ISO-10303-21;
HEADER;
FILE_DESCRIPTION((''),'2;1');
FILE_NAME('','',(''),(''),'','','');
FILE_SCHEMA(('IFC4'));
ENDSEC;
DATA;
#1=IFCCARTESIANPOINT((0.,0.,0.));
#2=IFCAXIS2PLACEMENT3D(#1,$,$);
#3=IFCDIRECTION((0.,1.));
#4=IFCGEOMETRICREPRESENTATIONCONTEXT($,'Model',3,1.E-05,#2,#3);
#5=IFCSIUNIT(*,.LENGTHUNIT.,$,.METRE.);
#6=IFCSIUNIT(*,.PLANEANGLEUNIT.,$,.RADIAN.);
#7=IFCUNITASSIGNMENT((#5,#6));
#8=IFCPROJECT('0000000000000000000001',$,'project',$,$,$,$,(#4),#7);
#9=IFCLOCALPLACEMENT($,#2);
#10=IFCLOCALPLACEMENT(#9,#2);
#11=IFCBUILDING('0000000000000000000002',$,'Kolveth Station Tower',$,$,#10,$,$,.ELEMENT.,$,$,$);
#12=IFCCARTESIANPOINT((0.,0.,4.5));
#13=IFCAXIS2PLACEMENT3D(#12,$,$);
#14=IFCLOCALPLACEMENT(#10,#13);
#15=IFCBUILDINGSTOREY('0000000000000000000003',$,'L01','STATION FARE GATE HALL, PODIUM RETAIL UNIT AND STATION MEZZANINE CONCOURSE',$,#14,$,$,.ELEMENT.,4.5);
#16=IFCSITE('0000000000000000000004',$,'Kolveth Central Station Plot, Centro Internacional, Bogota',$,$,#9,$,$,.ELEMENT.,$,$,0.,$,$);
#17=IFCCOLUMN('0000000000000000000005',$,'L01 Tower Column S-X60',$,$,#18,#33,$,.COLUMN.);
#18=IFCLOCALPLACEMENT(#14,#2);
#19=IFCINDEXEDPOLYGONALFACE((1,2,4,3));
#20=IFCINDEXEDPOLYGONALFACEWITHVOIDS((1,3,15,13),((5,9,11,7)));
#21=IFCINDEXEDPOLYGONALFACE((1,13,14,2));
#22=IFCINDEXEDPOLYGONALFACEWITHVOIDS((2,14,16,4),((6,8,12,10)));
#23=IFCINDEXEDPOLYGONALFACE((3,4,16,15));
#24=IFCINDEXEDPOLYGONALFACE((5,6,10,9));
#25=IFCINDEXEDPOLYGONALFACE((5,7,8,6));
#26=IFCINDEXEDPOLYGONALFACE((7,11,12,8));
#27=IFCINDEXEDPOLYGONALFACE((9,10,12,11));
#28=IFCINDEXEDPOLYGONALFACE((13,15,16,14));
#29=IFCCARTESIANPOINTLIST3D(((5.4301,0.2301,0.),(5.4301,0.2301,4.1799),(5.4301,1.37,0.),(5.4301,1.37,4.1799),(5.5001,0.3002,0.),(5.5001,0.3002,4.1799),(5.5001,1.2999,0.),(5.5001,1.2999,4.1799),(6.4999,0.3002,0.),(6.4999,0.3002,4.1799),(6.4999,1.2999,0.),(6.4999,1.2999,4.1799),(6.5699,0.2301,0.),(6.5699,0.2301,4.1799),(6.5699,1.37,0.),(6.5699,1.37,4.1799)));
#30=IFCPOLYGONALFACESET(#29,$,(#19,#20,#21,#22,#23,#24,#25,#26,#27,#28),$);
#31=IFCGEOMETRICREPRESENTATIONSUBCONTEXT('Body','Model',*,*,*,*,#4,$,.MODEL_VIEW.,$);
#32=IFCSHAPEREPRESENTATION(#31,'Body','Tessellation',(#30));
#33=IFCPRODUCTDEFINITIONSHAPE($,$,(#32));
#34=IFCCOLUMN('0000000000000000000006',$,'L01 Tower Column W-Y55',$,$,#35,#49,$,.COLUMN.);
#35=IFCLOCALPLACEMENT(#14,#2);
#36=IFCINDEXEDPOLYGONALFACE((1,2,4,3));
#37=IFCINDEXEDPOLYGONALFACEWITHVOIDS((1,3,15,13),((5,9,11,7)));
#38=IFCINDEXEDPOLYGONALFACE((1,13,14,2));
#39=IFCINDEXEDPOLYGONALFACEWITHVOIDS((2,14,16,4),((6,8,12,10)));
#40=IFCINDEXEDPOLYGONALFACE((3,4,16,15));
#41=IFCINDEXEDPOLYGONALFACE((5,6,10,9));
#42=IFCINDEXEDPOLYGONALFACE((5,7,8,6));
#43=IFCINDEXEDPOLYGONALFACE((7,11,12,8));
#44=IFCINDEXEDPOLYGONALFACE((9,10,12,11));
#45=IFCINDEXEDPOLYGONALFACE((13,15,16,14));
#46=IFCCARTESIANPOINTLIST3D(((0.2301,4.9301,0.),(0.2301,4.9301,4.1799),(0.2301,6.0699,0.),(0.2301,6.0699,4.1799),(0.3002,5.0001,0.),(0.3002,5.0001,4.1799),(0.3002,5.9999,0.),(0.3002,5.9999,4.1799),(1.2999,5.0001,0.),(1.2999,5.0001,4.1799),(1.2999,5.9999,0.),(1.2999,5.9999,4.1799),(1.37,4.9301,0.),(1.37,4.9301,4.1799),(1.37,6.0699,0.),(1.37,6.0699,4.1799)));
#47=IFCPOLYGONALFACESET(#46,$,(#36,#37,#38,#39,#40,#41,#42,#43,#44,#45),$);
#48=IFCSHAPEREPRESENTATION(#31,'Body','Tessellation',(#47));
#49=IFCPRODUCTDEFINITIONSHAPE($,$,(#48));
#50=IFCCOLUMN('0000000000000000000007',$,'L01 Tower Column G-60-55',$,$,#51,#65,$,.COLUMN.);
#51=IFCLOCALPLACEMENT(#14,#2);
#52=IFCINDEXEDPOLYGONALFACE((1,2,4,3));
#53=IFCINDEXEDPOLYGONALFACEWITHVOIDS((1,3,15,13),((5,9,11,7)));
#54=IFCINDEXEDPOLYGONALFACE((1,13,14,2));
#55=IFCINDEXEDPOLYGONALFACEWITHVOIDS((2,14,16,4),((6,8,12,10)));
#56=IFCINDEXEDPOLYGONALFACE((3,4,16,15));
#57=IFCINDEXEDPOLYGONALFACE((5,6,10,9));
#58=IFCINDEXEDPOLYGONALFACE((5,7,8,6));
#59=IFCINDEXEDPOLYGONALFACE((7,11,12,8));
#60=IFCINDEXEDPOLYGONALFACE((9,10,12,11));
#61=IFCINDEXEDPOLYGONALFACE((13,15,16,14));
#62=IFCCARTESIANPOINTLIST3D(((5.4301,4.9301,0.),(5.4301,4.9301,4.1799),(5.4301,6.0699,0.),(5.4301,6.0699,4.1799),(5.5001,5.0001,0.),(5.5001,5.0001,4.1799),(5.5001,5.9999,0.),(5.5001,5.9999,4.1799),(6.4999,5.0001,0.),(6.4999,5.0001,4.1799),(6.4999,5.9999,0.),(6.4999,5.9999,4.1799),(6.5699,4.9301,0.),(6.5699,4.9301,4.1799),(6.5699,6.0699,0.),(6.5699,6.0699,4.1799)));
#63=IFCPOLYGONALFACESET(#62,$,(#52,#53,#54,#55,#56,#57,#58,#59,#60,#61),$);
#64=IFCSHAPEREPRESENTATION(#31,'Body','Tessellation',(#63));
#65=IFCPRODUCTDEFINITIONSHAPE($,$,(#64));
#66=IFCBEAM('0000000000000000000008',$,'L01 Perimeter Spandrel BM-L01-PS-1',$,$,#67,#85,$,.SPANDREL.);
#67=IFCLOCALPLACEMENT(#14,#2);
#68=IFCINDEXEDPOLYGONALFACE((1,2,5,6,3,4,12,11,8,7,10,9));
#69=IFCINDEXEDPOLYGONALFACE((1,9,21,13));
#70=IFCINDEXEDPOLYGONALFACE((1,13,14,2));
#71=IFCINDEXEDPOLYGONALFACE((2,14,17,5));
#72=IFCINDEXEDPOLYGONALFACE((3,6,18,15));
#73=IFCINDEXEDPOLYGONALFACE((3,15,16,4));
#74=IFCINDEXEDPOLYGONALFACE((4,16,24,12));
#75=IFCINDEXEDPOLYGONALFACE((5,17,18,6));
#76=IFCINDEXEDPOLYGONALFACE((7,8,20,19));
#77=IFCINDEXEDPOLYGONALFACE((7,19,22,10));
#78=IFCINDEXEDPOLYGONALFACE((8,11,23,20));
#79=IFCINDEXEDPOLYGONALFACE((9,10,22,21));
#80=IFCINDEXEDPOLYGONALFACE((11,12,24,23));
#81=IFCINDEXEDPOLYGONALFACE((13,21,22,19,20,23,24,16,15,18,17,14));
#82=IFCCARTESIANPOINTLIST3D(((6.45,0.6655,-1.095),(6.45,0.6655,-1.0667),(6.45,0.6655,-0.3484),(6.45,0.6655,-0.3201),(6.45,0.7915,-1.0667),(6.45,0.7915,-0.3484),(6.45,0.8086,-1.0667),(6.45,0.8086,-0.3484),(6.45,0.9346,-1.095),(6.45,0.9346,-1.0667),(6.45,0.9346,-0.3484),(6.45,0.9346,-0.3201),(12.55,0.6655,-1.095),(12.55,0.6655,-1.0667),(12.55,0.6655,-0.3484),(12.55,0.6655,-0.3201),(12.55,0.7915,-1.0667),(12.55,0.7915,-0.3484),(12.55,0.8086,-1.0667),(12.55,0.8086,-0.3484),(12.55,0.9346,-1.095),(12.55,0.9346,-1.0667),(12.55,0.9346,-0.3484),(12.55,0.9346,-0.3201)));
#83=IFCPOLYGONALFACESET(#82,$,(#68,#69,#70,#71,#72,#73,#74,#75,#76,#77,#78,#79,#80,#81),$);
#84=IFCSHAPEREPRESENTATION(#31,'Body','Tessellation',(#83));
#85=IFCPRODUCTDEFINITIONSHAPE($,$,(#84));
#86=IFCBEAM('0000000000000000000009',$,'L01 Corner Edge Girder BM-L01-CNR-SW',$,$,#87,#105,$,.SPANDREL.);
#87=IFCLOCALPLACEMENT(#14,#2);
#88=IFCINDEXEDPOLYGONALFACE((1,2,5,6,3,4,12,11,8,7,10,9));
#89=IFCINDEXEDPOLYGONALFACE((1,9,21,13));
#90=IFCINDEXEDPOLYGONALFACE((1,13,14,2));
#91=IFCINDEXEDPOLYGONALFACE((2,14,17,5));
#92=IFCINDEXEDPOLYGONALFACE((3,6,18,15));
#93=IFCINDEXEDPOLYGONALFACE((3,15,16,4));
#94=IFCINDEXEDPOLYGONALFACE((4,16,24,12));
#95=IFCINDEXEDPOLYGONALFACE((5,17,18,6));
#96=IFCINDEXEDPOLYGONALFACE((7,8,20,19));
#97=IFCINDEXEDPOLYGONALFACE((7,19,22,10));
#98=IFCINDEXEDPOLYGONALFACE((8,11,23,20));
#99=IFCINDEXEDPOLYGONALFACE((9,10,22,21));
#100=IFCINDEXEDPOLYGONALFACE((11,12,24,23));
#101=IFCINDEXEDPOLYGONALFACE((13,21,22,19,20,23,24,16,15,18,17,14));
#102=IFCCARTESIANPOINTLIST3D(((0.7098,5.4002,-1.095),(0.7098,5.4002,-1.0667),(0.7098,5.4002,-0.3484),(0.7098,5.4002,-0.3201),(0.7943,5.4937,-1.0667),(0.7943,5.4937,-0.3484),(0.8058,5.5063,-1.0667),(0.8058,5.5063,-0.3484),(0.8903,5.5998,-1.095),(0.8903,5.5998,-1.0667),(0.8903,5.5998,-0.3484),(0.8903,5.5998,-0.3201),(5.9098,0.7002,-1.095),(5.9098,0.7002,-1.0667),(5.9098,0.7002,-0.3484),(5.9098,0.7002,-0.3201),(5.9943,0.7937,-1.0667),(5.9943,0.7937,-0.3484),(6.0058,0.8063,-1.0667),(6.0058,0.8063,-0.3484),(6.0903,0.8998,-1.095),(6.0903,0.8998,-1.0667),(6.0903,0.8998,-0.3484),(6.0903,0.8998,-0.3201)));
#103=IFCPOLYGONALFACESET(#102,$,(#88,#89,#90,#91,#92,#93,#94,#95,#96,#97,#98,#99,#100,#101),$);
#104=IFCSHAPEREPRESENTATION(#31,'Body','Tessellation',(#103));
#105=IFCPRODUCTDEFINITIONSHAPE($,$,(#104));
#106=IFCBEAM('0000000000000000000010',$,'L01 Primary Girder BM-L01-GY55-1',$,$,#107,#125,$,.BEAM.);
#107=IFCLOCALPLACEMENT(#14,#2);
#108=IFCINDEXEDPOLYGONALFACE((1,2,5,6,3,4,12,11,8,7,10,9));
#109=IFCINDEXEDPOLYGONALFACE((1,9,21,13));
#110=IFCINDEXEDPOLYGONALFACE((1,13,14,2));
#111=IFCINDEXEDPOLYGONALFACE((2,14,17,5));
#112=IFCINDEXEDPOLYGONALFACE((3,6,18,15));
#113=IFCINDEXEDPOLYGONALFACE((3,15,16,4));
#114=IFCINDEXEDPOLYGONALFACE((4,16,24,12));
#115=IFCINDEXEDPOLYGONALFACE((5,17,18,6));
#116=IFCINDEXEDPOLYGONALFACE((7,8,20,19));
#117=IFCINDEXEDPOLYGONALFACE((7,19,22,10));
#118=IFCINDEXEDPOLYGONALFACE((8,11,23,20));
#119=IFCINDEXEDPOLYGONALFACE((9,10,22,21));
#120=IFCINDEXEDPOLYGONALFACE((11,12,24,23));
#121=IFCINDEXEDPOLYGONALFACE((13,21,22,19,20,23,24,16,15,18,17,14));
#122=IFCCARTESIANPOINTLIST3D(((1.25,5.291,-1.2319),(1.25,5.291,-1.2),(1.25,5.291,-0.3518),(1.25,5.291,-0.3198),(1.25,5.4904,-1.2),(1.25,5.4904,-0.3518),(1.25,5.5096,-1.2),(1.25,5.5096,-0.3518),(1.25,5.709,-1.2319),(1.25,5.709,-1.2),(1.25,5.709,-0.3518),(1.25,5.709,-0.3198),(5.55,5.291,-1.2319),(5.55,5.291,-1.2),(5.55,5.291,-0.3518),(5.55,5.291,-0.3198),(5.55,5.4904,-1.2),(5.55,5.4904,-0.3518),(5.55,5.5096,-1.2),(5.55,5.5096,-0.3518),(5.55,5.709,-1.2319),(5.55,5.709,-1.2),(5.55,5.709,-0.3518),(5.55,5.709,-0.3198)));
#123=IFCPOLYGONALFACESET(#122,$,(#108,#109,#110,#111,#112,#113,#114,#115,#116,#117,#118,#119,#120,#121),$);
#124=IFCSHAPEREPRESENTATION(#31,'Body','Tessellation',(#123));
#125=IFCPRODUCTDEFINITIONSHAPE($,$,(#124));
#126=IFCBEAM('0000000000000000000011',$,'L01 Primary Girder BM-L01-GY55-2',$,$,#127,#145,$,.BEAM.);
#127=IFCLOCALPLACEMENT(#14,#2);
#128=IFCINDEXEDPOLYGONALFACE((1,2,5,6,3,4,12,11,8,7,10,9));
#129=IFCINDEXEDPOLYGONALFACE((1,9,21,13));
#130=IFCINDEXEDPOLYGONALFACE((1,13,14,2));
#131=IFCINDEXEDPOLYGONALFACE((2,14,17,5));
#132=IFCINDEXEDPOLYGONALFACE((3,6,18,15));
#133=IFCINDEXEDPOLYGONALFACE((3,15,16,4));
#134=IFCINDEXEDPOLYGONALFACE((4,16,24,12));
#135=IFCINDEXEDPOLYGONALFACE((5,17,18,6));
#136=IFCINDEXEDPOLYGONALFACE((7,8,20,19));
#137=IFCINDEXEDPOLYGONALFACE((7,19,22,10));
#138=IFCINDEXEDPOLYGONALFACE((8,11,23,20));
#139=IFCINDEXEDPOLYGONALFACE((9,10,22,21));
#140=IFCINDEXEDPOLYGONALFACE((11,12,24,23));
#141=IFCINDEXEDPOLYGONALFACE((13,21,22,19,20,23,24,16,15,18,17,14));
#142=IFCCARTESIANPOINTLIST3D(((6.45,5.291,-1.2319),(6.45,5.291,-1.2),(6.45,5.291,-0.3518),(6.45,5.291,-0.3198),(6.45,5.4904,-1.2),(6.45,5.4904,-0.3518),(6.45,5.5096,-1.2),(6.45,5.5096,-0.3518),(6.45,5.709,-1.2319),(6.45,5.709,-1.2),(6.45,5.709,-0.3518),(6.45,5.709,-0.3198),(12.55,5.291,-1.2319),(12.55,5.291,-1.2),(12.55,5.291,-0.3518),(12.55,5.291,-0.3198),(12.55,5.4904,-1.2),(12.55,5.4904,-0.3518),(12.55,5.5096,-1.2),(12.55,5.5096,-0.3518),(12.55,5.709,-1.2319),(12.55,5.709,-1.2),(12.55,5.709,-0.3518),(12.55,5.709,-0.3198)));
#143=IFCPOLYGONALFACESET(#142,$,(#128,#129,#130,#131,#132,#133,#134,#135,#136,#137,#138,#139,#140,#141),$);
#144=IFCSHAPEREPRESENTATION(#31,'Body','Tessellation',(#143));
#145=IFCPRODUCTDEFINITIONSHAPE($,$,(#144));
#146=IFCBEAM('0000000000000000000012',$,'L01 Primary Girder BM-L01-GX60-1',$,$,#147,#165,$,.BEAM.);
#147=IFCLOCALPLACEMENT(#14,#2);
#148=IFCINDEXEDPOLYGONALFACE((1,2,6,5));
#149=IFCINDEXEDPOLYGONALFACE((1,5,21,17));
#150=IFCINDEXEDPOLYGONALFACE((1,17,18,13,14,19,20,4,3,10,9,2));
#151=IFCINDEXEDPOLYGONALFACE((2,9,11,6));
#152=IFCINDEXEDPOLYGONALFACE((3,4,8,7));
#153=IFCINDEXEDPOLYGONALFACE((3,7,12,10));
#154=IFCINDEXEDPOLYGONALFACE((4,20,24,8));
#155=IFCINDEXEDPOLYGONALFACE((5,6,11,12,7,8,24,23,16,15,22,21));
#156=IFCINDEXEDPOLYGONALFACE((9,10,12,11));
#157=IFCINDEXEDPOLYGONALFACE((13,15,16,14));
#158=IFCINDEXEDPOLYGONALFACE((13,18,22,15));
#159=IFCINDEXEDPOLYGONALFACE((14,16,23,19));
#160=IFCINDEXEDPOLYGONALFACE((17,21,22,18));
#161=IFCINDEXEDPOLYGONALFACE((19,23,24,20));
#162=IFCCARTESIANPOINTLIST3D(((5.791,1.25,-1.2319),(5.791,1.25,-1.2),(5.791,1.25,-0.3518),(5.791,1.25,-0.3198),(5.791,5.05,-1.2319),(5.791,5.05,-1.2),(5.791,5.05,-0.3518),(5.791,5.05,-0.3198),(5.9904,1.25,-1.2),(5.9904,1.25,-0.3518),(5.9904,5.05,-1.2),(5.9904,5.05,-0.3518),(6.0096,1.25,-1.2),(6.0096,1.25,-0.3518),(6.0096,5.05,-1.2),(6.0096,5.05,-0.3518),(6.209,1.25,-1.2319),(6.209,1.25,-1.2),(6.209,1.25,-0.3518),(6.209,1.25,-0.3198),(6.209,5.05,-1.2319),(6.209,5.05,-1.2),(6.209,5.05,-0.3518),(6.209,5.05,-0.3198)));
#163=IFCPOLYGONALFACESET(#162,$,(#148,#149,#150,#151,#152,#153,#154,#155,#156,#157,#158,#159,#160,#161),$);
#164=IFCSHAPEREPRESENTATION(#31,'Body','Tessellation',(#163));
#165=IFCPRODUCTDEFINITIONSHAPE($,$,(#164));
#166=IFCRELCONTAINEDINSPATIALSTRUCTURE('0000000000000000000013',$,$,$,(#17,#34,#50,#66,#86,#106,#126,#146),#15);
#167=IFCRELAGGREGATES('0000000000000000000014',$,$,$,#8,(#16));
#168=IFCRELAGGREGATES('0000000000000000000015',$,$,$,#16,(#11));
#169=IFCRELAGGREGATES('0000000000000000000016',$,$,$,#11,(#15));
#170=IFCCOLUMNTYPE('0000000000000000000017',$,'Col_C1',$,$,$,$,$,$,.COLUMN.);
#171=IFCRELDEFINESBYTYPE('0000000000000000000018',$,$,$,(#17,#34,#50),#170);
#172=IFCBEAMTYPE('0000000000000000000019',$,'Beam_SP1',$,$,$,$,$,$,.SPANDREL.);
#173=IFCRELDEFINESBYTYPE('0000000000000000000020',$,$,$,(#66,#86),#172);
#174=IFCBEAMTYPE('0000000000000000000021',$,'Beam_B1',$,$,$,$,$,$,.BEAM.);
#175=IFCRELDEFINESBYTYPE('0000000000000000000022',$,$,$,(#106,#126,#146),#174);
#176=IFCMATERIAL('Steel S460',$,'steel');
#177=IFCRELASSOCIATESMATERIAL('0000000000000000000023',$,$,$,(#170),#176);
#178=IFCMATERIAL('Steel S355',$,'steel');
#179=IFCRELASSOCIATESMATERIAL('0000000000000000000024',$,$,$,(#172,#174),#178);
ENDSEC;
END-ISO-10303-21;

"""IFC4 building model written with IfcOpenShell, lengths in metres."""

from ifc_helpers import new_model, si_unit, direction, frame, origin, origin_2d, place, context, subcontext, project, spatial, hollow_rectangle, i_section, extrude, source, transform, mapped, material, material_profile, profile_set, type_object, element, save


model = new_model("IFC4")

# Units and contexts
model_context = context("Model", 3, precision=1e-05, world=origin(), true_north=direction((0.0, 1.0)))
body_context = subcontext(model_context, "Body", "Model", "MODEL_VIEW")
ifc_project = project(units=[si_unit("LENGTHUNIT", "METRE"), si_unit("PLANEANGLEUNIT", "RADIAN")], contexts=[model_context])

# Site, building, storey
site_placement = place(None, origin())
site = spatial("IfcSite", under=ifc_project, at=site_placement, Name="Kolveth Central Station Plot, Centro Internacional, Bogota", CompositionType="ELEMENT", RefElevation=0.0)
building_placement = place(site_placement, origin())
building = spatial("IfcBuilding", under=site, at=building_placement, Name="Kolveth Station Tower", CompositionType="ELEMENT")
storey_placement = place(building_placement, frame((0.0, 0.0, 4.5)))
storey = spatial("IfcBuildingStorey", under=building, at=storey_placement, Name="L01", Description="STATION FARE GATE HALL, PODIUM RETAIL UNIT AND STATION MEZZANINE CONCOURSE", CompositionType="ELEMENT", Elevation=4.5)

# Columns
ifc_material_1 = material(Name="Steel S460", Category="steel")
ifc_material_profile_1 = material_profile(ifc_material_1, hollow_rectangle(XDim=1.1399, YDim=1.1399, WallThickness=0.0701, at=origin_2d()), Name="BOX1140x1140x70")
ifc_profile_set_1 = profile_set([ifc_material_profile_1], Name="Steel S460")
column_type = type_object("IfcColumnType", Name="Col_C1", PredefinedType="COLUMN", material=ifc_profile_set_1)
shared_shape_1 = source(origin(), body_context, "Body", "SweptSolid", [
    extrude(hollow_rectangle(XDim=1.1399, YDim=1.1399, WallThickness=0.0701, at=origin_2d()), origin(), (0.0, 0.0, 1.0), 4.1799),
])
for number, where, z_axis, x_axis, name in (
    (1, (6.0, 0.8, 0.0), (0.0, 0.0, 1.0), (1.0, 0.0, 0.0), "L01 Tower Column S-X60"),
    (2, (0.8, 5.5, 0.0), (0.0, 0.0, 1.0), (1.0, 0.0, 0.0), "L01 Tower Column W-Y55"),
    (3, (6.0, 5.5, 0.0), (0.0, 0.0, 1.0), (1.0, 0.0, 0.0), "L01 Tower Column G-60-55"),
):
    element("IfcColumn", number, at=place(storey_placement, frame(where, z_axis=z_axis, x_axis=x_axis)), inside=storey, type_object=column_type, Name=name, PredefinedType="COLUMN", context=body_context, shape_type="MappedRepresentation", body=[
        mapped(shared_shape_1, transform((0.0, 0.0, 0.0), x_axis=(1.0, 0.0, 0.0), y_axis=(0.0, 1.0, 0.0), z_axis=(0.0, 0.0, 1.0), scale=1.0)),
    ])

# Beams
ifc_material_2 = material(Name="Steel S355", Category="steel")
ifc_material_profile_2 = material_profile(ifc_material_2, i_section(OverallWidth=0.269, OverallDepth=0.7749, WebThickness=0.0171, FlangeThickness=0.0283, at=origin_2d()), Name="W760x220")
ifc_profile_set_2 = profile_set([ifc_material_profile_2], Name="Steel S355")
beam_type_1 = type_object("IfcBeamType", Name="Beam_SP1", PredefinedType="SPANDREL", material=ifc_profile_set_2)
shared_shape_2 = source(origin(), body_context, "Body", "SweptSolid", [
    extrude(i_section(OverallWidth=0.269, OverallDepth=0.7749, WebThickness=0.0171, FlangeThickness=0.0283, at=origin_2d()), origin(), (0.0, 0.0, 1.0), 6.1001),
])
beam_1_placement = place(storey_placement, frame((6.45, 0.8, -0.7075), z_axis=(1.0, 0.0, 0.0), x_axis=(0.0, 1.0, 0.0)))
element("IfcBeam", 4, at=beam_1_placement, inside=storey, type_object=beam_type_1, Name="L01 Perimeter Spandrel BM-L01-PS-1", PredefinedType="SPANDREL", context=body_context, shape_type="MappedRepresentation", body=[
    mapped(shared_shape_2, transform((0.0, 0.0, 0.0), x_axis=(1.0, 0.0, 0.0), y_axis=(0.0, 1.0, 0.0), z_axis=(0.0, 0.0, 1.0), scale=1.0)),
])
shared_shape_3 = source(origin(), body_context, "Body", "SweptSolid", [
    extrude(i_section(OverallWidth=0.269, OverallDepth=0.7749, WebThickness=0.0171, FlangeThickness=0.0283, at=origin_2d()), origin(), (0.0, 0.0, 1.0), 7.0093),
])
beam_2_placement = place(storey_placement, frame((0.8, 5.5, -0.7075), z_axis=(0.741874, -0.670539, 0.0), x_axis=(0.670539, 0.741874, 0.0)))
element("IfcBeam", 5, at=beam_2_placement, inside=storey, type_object=beam_type_1, Name="L01 Corner Edge Girder BM-L01-CNR-SW", PredefinedType="SPANDREL", context=body_context, shape_type="MappedRepresentation", body=[
    mapped(shared_shape_3, transform((0.0, 0.0, 0.0), x_axis=(1.0, 0.0, 0.0), y_axis=(0.0, 1.0, 0.0), z_axis=(0.0, 0.0, 1.0), scale=1.0)),
])
ifc_material_profile_3 = material_profile(ifc_material_2, i_section(OverallWidth=0.418, OverallDepth=0.9121, WebThickness=0.0193, FlangeThickness=0.032, at=origin_2d()), Name="W920x342")
ifc_profile_set_3 = profile_set([ifc_material_profile_3], Name="Steel S355")
beam_type_2 = type_object("IfcBeamType", Name="Beam_B1", PredefinedType="BEAM", material=ifc_profile_set_3)
shared_shape_4 = source(origin(), body_context, "Body", "SweptSolid", [
    extrude(i_section(OverallWidth=0.418, OverallDepth=0.9121, WebThickness=0.0193, FlangeThickness=0.032, at=origin_2d()), origin(), (0.0, 0.0, 1.0), 4.3),
])
beam_3_placement = place(storey_placement, frame((1.25, 5.5, -0.7759), z_axis=(1.0, 0.0, 0.0), x_axis=(0.0, 1.0, 0.0)))
element("IfcBeam", 6, at=beam_3_placement, inside=storey, type_object=beam_type_2, Name="L01 Primary Girder BM-L01-GY55-1", PredefinedType="BEAM", context=body_context, shape_type="MappedRepresentation", body=[
    mapped(shared_shape_4, transform((0.0, 0.0, 0.0), x_axis=(1.0, 0.0, 0.0), y_axis=(0.0, 1.0, 0.0), z_axis=(0.0, 0.0, 1.0), scale=1.0)),
])
shared_shape_5 = source(origin(), body_context, "Body", "SweptSolid", [
    extrude(i_section(OverallWidth=0.418, OverallDepth=0.9121, WebThickness=0.0193, FlangeThickness=0.032, at=origin_2d()), origin(), (0.0, 0.0, 1.0), 6.1001),
])
beam_4_placement = place(storey_placement, frame((6.45, 5.5, -0.7759), z_axis=(1.0, 0.0, 0.0), x_axis=(0.0, 1.0, 0.0)))
element("IfcBeam", 7, at=beam_4_placement, inside=storey, type_object=beam_type_2, Name="L01 Primary Girder BM-L01-GY55-2", PredefinedType="BEAM", context=body_context, shape_type="MappedRepresentation", body=[
    mapped(shared_shape_5, transform((0.0, 0.0, 0.0), x_axis=(1.0, 0.0, 0.0), y_axis=(0.0, 1.0, 0.0), z_axis=(0.0, 0.0, 1.0), scale=1.0)),
])
shared_shape_6 = source(origin(), body_context, "Body", "SweptSolid", [
    extrude(i_section(OverallWidth=0.418, OverallDepth=0.9121, WebThickness=0.0193, FlangeThickness=0.032, at=origin_2d()), origin(), (0.0, 0.0, 1.0), 3.8),
])
beam_5_placement = place(storey_placement, frame((6.0, 1.25, -0.7759), z_axis=(0.0, 1.0, 0.0), x_axis=(-1.0, 0.0, 0.0)))
element("IfcBeam", 8, at=beam_5_placement, inside=storey, type_object=beam_type_2, Name="L01 Primary Girder BM-L01-GX60-1", PredefinedType="BEAM", context=body_context, shape_type="MappedRepresentation", body=[
    mapped(shared_shape_6, transform((0.0, 0.0, 0.0), x_axis=(1.0, 0.0, 0.0), y_axis=(0.0, 1.0, 0.0), z_axis=(0.0, 0.0, 1.0), scale=1.0)),
])

save(model, "model.ifc")
